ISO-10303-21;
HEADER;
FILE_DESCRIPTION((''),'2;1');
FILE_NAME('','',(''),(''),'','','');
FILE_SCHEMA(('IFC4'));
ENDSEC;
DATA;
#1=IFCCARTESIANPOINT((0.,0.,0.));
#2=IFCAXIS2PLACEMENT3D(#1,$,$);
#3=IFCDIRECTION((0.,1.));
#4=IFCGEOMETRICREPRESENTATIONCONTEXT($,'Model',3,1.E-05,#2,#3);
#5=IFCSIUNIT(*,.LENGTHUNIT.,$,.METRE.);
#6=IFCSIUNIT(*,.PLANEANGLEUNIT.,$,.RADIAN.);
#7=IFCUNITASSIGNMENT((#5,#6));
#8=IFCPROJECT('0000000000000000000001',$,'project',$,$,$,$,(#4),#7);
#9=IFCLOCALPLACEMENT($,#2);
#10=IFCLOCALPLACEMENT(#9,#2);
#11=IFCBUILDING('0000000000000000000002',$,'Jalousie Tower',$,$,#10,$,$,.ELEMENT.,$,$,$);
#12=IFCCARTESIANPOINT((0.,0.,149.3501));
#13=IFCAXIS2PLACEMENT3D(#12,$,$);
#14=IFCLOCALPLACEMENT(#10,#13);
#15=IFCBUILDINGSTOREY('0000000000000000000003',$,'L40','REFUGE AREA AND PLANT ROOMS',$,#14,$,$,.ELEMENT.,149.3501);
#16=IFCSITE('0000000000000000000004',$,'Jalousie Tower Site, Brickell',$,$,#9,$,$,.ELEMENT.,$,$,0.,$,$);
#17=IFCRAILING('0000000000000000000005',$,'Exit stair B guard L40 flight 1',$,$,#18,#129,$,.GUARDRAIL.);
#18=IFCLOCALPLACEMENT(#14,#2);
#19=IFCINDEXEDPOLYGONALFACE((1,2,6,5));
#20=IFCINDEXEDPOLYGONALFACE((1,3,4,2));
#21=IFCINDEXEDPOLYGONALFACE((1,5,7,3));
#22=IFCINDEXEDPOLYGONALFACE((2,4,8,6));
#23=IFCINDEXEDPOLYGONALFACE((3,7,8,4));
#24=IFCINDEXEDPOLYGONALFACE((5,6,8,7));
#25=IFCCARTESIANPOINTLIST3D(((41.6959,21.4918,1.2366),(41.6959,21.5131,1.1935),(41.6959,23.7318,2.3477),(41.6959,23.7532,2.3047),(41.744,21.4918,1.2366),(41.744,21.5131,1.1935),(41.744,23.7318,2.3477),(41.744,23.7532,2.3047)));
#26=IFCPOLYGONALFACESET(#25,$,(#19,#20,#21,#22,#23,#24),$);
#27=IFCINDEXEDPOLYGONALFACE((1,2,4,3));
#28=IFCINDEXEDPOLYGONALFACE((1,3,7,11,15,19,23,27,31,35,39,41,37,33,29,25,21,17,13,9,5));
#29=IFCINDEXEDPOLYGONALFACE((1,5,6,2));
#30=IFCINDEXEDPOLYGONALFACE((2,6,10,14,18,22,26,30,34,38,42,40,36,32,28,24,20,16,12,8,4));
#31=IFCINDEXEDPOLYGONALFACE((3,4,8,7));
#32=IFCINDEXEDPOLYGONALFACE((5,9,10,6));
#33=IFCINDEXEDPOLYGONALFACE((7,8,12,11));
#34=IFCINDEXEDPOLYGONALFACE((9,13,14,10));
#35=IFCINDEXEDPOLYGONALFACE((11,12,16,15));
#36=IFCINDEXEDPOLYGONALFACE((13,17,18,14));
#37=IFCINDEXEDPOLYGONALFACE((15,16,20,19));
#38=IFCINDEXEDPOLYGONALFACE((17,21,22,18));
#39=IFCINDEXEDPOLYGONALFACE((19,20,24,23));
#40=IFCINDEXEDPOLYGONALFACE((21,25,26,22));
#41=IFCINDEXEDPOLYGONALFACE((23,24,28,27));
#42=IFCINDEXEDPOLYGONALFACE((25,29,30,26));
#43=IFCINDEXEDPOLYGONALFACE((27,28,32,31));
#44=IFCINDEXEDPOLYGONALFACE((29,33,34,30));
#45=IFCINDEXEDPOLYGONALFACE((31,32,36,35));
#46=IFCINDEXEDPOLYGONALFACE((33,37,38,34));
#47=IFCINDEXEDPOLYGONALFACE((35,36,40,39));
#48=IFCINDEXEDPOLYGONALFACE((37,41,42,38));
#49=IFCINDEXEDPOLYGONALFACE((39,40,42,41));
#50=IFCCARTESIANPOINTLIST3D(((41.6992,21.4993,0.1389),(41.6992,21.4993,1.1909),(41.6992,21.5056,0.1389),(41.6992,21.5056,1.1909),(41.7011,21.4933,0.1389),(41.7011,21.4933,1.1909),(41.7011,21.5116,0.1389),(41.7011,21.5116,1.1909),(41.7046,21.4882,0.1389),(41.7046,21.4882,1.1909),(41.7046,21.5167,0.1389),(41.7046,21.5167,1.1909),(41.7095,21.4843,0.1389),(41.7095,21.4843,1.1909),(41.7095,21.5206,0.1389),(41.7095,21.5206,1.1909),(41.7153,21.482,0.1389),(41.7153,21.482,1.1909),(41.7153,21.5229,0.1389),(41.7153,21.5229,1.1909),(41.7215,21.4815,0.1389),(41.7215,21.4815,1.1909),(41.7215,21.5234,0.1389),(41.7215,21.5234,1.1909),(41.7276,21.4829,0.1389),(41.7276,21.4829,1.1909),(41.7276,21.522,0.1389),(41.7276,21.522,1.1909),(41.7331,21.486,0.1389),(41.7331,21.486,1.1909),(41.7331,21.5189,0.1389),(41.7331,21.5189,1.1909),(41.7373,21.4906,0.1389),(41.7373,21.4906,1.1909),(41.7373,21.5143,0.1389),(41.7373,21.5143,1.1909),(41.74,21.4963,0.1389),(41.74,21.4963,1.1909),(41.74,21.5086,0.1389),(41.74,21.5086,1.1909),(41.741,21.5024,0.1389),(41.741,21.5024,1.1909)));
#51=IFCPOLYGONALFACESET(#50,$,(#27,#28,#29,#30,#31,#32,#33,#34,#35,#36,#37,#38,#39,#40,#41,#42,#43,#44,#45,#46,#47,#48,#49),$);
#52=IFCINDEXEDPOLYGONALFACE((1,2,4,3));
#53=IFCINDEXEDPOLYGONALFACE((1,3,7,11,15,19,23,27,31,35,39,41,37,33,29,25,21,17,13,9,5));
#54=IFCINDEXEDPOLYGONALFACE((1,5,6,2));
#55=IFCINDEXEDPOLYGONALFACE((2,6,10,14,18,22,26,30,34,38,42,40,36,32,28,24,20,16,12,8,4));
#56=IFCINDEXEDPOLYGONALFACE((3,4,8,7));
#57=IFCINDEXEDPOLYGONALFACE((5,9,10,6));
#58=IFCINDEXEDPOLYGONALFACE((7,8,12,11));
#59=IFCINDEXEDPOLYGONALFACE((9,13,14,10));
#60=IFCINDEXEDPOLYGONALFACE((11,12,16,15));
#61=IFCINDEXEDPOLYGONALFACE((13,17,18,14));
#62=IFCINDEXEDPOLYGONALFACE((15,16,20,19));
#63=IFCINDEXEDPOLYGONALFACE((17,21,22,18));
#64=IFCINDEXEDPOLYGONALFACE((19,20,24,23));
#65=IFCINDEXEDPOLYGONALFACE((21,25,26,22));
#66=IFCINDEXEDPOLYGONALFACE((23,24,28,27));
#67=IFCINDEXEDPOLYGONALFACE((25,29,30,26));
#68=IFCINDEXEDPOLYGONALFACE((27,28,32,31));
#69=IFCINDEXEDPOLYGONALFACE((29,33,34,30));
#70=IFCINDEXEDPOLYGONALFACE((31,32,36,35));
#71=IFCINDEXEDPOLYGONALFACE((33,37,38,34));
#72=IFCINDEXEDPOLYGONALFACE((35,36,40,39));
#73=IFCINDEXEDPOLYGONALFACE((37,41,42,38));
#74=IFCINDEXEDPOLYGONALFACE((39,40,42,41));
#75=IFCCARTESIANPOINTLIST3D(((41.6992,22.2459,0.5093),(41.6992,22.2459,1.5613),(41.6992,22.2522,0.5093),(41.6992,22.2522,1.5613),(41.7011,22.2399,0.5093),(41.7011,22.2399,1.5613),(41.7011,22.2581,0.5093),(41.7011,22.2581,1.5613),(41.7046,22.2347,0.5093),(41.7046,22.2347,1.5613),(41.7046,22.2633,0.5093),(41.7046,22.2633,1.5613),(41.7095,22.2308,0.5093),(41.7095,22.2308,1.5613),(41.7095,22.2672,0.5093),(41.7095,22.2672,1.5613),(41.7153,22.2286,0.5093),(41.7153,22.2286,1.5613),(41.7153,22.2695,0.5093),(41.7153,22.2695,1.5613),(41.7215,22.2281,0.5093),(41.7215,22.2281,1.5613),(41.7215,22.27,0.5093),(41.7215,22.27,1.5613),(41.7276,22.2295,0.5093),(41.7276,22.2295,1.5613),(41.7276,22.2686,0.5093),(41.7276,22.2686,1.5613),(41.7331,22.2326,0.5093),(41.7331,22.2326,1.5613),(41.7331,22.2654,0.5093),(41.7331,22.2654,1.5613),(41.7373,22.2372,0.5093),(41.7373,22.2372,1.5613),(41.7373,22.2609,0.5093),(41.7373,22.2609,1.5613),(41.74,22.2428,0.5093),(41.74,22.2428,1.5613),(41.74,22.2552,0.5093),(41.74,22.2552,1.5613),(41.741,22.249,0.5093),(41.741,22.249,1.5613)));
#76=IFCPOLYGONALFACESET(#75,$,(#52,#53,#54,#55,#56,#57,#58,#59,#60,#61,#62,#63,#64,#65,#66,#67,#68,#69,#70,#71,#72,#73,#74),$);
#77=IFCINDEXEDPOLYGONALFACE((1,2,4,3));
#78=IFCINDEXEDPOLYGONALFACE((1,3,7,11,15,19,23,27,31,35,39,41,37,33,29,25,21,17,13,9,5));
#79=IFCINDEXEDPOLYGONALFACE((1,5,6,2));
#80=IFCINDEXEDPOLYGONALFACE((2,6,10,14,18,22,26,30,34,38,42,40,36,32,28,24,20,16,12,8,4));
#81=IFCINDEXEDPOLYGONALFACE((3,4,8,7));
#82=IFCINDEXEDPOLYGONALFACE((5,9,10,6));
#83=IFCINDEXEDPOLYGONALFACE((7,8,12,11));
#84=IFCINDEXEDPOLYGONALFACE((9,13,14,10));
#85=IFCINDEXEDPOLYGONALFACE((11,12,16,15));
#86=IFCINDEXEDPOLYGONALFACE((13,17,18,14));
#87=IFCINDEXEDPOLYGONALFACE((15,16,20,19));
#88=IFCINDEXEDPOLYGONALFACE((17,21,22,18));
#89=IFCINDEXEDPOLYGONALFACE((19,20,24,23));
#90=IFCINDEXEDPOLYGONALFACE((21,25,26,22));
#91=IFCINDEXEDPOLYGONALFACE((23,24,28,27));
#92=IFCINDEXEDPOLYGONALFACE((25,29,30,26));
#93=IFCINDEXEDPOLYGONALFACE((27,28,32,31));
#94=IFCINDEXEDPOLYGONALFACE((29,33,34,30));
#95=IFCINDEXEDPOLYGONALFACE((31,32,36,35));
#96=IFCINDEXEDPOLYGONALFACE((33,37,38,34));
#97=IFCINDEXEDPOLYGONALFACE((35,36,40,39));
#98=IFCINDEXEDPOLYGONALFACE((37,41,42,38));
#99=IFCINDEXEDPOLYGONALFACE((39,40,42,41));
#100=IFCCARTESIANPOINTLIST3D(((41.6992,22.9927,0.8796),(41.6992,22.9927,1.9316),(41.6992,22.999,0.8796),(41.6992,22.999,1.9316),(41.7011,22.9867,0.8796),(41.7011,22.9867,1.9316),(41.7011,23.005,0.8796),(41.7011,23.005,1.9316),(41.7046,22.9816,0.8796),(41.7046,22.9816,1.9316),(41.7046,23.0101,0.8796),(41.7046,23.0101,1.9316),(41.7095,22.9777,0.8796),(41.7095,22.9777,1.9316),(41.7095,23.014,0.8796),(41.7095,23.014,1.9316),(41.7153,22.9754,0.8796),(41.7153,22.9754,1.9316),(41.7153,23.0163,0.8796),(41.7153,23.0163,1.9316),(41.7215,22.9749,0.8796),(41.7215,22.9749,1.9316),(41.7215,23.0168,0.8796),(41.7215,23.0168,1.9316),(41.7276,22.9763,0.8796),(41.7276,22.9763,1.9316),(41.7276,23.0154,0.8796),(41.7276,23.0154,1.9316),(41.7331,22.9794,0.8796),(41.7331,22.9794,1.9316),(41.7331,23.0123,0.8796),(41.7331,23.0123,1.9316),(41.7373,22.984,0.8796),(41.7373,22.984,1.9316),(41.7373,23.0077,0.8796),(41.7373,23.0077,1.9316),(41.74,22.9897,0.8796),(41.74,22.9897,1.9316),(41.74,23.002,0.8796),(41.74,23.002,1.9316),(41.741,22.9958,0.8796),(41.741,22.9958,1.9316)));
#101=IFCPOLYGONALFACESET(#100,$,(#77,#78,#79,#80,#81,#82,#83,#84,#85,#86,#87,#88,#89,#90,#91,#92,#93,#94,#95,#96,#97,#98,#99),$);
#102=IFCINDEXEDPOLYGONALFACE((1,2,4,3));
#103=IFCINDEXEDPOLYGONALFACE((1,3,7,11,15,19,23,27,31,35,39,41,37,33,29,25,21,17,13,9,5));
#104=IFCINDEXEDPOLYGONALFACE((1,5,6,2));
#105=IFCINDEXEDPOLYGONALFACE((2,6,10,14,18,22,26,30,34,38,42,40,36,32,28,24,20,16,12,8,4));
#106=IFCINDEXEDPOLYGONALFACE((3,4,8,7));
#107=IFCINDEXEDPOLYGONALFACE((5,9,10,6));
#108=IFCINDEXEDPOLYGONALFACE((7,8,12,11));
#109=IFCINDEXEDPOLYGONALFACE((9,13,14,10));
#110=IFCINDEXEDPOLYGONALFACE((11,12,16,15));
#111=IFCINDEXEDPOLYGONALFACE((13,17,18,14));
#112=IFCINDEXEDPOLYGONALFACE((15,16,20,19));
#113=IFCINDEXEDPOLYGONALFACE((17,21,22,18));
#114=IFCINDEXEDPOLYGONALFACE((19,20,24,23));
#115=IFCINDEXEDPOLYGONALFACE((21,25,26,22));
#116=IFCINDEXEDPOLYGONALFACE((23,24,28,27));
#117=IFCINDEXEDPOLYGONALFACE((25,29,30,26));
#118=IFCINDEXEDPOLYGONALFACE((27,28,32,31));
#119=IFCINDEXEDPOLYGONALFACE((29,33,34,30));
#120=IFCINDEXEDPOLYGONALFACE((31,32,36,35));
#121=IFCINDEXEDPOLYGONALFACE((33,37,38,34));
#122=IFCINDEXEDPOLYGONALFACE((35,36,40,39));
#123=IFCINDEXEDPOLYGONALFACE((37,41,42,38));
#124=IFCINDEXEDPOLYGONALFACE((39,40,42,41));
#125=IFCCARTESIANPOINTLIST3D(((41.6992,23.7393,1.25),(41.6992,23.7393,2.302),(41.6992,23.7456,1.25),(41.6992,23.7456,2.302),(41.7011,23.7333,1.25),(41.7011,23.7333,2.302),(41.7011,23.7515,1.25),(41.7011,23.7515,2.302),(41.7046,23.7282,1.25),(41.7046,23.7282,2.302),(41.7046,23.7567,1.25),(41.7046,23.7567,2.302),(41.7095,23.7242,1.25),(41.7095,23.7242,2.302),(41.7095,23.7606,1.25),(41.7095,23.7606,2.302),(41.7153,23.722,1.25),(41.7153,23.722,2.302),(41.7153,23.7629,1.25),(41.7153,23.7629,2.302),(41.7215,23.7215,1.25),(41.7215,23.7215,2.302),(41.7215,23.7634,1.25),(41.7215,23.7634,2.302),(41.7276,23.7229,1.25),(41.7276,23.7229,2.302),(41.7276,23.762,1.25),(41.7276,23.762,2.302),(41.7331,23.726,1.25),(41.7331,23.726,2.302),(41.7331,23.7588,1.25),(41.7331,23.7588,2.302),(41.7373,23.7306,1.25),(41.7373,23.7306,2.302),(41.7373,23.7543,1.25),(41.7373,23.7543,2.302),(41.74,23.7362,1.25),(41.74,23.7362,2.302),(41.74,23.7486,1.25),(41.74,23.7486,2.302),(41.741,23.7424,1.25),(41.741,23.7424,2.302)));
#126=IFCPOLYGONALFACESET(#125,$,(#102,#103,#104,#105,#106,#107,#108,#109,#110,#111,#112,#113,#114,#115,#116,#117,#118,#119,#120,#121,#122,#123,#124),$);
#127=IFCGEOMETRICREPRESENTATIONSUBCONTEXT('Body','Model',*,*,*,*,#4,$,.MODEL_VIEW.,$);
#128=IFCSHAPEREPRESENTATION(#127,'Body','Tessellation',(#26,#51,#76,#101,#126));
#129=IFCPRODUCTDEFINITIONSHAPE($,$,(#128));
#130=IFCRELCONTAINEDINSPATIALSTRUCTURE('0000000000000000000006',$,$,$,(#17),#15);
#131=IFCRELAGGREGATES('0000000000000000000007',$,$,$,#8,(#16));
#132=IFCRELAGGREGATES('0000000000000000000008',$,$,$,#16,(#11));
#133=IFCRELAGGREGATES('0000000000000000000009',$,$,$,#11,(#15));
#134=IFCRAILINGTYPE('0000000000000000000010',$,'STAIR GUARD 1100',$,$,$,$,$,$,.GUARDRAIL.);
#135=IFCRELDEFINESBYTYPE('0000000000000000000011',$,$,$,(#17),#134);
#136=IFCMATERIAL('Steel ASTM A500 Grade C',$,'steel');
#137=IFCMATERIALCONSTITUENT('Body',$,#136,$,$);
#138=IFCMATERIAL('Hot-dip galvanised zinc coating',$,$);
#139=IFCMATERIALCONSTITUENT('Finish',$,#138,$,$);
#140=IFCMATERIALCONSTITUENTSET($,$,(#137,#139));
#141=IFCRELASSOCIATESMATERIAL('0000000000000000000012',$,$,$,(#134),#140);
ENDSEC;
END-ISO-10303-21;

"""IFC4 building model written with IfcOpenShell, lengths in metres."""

from ifc_helpers import new_model, si_unit, direction, frame, origin, origin_2d, place, context, subcontext, project, spatial, rectangle, circle, extrude, material, constituent, constituent_set, type_object, element, save


model = new_model("IFC4")

# Units and contexts
model_context = context("Model", 3, precision=1e-05, world=origin(), true_north=direction((0.0, 1.0)))
body_context = subcontext(model_context, "Body", "Model", "MODEL_VIEW")
ifc_project = project(units=[si_unit("LENGTHUNIT", "METRE"), si_unit("PLANEANGLEUNIT", "RADIAN")], contexts=[model_context])

# Site, building, storey
site_placement = place(None, origin())
site = spatial("IfcSite", under=ifc_project, at=site_placement, Name="Jalousie Tower Site, Brickell", CompositionType="ELEMENT", RefElevation=0.0)
building_placement = place(site_placement, origin())
building = spatial("IfcBuilding", under=site, at=building_placement, Name="Jalousie Tower", CompositionType="ELEMENT")
storey_placement = place(building_placement, frame((0.0, 0.0, 149.3501)))
storey = spatial("IfcBuildingStorey", under=building, at=storey_placement, Name="L40", Description="REFUGE AREA AND PLANT ROOMS", CompositionType="ELEMENT", Elevation=149.3501)

# Railing
ifc_material_1 = material(Name="Steel ASTM A500 Grade C", Category="steel")
ifc_constituent_1 = constituent(ifc_material_1, Name="Body")
ifc_material_2 = material(Name="Hot-dip galvanised zinc coating")
ifc_constituent_2 = constituent(ifc_material_2, Name="Finish")
ifc_constituent_set_1 = constituent_set(constituents=[ifc_constituent_1, ifc_constituent_2])
railing_type_1 = type_object("IfcRailingType", Name="STAIR GUARD 1100", PredefinedType="GUARDRAIL", material=ifc_constituent_set_1)
railing_1_placement = place(storey_placement, frame((41.72, 21.5024, 0.1389)))
element("IfcRailing", 1, at=railing_1_placement, inside=storey, type_object=railing_type_1, Name="Exit stair B guard L40 flight 1", PredefinedType="GUARDRAIL", context=body_context, shape_type="SweptSolid", body=[
    extrude(rectangle(XDim=0.0481, YDim=0.0481, at=origin_2d()), frame((0.0, 0.0, 1.0762), z_axis=(0.0, 0.895848, 0.44436), x_axis=(-1.0, 0.0, 0.0)), (0.0, 0.0, 1.0), 2.5005),
    extrude(circle(Radius=0.021, at=origin_2d()), origin(), (0.0, 0.0, 1.0), 1.052),
    extrude(circle(Radius=0.021, at=origin_2d()), frame((0.0, 0.7466, 0.3704)), (0.0, 0.0, 1.0), 1.052),
    extrude(circle(Radius=0.021, at=origin_2d()), frame((0.0, 1.4934, 0.7407)), (0.0, 0.0, 1.0), 1.052),
    extrude(circle(Radius=0.021, at=origin_2d()), frame((0.0, 2.24, 1.1111)), (0.0, 0.0, 1.0), 1.052),
])

save(model, "model.ifc")
